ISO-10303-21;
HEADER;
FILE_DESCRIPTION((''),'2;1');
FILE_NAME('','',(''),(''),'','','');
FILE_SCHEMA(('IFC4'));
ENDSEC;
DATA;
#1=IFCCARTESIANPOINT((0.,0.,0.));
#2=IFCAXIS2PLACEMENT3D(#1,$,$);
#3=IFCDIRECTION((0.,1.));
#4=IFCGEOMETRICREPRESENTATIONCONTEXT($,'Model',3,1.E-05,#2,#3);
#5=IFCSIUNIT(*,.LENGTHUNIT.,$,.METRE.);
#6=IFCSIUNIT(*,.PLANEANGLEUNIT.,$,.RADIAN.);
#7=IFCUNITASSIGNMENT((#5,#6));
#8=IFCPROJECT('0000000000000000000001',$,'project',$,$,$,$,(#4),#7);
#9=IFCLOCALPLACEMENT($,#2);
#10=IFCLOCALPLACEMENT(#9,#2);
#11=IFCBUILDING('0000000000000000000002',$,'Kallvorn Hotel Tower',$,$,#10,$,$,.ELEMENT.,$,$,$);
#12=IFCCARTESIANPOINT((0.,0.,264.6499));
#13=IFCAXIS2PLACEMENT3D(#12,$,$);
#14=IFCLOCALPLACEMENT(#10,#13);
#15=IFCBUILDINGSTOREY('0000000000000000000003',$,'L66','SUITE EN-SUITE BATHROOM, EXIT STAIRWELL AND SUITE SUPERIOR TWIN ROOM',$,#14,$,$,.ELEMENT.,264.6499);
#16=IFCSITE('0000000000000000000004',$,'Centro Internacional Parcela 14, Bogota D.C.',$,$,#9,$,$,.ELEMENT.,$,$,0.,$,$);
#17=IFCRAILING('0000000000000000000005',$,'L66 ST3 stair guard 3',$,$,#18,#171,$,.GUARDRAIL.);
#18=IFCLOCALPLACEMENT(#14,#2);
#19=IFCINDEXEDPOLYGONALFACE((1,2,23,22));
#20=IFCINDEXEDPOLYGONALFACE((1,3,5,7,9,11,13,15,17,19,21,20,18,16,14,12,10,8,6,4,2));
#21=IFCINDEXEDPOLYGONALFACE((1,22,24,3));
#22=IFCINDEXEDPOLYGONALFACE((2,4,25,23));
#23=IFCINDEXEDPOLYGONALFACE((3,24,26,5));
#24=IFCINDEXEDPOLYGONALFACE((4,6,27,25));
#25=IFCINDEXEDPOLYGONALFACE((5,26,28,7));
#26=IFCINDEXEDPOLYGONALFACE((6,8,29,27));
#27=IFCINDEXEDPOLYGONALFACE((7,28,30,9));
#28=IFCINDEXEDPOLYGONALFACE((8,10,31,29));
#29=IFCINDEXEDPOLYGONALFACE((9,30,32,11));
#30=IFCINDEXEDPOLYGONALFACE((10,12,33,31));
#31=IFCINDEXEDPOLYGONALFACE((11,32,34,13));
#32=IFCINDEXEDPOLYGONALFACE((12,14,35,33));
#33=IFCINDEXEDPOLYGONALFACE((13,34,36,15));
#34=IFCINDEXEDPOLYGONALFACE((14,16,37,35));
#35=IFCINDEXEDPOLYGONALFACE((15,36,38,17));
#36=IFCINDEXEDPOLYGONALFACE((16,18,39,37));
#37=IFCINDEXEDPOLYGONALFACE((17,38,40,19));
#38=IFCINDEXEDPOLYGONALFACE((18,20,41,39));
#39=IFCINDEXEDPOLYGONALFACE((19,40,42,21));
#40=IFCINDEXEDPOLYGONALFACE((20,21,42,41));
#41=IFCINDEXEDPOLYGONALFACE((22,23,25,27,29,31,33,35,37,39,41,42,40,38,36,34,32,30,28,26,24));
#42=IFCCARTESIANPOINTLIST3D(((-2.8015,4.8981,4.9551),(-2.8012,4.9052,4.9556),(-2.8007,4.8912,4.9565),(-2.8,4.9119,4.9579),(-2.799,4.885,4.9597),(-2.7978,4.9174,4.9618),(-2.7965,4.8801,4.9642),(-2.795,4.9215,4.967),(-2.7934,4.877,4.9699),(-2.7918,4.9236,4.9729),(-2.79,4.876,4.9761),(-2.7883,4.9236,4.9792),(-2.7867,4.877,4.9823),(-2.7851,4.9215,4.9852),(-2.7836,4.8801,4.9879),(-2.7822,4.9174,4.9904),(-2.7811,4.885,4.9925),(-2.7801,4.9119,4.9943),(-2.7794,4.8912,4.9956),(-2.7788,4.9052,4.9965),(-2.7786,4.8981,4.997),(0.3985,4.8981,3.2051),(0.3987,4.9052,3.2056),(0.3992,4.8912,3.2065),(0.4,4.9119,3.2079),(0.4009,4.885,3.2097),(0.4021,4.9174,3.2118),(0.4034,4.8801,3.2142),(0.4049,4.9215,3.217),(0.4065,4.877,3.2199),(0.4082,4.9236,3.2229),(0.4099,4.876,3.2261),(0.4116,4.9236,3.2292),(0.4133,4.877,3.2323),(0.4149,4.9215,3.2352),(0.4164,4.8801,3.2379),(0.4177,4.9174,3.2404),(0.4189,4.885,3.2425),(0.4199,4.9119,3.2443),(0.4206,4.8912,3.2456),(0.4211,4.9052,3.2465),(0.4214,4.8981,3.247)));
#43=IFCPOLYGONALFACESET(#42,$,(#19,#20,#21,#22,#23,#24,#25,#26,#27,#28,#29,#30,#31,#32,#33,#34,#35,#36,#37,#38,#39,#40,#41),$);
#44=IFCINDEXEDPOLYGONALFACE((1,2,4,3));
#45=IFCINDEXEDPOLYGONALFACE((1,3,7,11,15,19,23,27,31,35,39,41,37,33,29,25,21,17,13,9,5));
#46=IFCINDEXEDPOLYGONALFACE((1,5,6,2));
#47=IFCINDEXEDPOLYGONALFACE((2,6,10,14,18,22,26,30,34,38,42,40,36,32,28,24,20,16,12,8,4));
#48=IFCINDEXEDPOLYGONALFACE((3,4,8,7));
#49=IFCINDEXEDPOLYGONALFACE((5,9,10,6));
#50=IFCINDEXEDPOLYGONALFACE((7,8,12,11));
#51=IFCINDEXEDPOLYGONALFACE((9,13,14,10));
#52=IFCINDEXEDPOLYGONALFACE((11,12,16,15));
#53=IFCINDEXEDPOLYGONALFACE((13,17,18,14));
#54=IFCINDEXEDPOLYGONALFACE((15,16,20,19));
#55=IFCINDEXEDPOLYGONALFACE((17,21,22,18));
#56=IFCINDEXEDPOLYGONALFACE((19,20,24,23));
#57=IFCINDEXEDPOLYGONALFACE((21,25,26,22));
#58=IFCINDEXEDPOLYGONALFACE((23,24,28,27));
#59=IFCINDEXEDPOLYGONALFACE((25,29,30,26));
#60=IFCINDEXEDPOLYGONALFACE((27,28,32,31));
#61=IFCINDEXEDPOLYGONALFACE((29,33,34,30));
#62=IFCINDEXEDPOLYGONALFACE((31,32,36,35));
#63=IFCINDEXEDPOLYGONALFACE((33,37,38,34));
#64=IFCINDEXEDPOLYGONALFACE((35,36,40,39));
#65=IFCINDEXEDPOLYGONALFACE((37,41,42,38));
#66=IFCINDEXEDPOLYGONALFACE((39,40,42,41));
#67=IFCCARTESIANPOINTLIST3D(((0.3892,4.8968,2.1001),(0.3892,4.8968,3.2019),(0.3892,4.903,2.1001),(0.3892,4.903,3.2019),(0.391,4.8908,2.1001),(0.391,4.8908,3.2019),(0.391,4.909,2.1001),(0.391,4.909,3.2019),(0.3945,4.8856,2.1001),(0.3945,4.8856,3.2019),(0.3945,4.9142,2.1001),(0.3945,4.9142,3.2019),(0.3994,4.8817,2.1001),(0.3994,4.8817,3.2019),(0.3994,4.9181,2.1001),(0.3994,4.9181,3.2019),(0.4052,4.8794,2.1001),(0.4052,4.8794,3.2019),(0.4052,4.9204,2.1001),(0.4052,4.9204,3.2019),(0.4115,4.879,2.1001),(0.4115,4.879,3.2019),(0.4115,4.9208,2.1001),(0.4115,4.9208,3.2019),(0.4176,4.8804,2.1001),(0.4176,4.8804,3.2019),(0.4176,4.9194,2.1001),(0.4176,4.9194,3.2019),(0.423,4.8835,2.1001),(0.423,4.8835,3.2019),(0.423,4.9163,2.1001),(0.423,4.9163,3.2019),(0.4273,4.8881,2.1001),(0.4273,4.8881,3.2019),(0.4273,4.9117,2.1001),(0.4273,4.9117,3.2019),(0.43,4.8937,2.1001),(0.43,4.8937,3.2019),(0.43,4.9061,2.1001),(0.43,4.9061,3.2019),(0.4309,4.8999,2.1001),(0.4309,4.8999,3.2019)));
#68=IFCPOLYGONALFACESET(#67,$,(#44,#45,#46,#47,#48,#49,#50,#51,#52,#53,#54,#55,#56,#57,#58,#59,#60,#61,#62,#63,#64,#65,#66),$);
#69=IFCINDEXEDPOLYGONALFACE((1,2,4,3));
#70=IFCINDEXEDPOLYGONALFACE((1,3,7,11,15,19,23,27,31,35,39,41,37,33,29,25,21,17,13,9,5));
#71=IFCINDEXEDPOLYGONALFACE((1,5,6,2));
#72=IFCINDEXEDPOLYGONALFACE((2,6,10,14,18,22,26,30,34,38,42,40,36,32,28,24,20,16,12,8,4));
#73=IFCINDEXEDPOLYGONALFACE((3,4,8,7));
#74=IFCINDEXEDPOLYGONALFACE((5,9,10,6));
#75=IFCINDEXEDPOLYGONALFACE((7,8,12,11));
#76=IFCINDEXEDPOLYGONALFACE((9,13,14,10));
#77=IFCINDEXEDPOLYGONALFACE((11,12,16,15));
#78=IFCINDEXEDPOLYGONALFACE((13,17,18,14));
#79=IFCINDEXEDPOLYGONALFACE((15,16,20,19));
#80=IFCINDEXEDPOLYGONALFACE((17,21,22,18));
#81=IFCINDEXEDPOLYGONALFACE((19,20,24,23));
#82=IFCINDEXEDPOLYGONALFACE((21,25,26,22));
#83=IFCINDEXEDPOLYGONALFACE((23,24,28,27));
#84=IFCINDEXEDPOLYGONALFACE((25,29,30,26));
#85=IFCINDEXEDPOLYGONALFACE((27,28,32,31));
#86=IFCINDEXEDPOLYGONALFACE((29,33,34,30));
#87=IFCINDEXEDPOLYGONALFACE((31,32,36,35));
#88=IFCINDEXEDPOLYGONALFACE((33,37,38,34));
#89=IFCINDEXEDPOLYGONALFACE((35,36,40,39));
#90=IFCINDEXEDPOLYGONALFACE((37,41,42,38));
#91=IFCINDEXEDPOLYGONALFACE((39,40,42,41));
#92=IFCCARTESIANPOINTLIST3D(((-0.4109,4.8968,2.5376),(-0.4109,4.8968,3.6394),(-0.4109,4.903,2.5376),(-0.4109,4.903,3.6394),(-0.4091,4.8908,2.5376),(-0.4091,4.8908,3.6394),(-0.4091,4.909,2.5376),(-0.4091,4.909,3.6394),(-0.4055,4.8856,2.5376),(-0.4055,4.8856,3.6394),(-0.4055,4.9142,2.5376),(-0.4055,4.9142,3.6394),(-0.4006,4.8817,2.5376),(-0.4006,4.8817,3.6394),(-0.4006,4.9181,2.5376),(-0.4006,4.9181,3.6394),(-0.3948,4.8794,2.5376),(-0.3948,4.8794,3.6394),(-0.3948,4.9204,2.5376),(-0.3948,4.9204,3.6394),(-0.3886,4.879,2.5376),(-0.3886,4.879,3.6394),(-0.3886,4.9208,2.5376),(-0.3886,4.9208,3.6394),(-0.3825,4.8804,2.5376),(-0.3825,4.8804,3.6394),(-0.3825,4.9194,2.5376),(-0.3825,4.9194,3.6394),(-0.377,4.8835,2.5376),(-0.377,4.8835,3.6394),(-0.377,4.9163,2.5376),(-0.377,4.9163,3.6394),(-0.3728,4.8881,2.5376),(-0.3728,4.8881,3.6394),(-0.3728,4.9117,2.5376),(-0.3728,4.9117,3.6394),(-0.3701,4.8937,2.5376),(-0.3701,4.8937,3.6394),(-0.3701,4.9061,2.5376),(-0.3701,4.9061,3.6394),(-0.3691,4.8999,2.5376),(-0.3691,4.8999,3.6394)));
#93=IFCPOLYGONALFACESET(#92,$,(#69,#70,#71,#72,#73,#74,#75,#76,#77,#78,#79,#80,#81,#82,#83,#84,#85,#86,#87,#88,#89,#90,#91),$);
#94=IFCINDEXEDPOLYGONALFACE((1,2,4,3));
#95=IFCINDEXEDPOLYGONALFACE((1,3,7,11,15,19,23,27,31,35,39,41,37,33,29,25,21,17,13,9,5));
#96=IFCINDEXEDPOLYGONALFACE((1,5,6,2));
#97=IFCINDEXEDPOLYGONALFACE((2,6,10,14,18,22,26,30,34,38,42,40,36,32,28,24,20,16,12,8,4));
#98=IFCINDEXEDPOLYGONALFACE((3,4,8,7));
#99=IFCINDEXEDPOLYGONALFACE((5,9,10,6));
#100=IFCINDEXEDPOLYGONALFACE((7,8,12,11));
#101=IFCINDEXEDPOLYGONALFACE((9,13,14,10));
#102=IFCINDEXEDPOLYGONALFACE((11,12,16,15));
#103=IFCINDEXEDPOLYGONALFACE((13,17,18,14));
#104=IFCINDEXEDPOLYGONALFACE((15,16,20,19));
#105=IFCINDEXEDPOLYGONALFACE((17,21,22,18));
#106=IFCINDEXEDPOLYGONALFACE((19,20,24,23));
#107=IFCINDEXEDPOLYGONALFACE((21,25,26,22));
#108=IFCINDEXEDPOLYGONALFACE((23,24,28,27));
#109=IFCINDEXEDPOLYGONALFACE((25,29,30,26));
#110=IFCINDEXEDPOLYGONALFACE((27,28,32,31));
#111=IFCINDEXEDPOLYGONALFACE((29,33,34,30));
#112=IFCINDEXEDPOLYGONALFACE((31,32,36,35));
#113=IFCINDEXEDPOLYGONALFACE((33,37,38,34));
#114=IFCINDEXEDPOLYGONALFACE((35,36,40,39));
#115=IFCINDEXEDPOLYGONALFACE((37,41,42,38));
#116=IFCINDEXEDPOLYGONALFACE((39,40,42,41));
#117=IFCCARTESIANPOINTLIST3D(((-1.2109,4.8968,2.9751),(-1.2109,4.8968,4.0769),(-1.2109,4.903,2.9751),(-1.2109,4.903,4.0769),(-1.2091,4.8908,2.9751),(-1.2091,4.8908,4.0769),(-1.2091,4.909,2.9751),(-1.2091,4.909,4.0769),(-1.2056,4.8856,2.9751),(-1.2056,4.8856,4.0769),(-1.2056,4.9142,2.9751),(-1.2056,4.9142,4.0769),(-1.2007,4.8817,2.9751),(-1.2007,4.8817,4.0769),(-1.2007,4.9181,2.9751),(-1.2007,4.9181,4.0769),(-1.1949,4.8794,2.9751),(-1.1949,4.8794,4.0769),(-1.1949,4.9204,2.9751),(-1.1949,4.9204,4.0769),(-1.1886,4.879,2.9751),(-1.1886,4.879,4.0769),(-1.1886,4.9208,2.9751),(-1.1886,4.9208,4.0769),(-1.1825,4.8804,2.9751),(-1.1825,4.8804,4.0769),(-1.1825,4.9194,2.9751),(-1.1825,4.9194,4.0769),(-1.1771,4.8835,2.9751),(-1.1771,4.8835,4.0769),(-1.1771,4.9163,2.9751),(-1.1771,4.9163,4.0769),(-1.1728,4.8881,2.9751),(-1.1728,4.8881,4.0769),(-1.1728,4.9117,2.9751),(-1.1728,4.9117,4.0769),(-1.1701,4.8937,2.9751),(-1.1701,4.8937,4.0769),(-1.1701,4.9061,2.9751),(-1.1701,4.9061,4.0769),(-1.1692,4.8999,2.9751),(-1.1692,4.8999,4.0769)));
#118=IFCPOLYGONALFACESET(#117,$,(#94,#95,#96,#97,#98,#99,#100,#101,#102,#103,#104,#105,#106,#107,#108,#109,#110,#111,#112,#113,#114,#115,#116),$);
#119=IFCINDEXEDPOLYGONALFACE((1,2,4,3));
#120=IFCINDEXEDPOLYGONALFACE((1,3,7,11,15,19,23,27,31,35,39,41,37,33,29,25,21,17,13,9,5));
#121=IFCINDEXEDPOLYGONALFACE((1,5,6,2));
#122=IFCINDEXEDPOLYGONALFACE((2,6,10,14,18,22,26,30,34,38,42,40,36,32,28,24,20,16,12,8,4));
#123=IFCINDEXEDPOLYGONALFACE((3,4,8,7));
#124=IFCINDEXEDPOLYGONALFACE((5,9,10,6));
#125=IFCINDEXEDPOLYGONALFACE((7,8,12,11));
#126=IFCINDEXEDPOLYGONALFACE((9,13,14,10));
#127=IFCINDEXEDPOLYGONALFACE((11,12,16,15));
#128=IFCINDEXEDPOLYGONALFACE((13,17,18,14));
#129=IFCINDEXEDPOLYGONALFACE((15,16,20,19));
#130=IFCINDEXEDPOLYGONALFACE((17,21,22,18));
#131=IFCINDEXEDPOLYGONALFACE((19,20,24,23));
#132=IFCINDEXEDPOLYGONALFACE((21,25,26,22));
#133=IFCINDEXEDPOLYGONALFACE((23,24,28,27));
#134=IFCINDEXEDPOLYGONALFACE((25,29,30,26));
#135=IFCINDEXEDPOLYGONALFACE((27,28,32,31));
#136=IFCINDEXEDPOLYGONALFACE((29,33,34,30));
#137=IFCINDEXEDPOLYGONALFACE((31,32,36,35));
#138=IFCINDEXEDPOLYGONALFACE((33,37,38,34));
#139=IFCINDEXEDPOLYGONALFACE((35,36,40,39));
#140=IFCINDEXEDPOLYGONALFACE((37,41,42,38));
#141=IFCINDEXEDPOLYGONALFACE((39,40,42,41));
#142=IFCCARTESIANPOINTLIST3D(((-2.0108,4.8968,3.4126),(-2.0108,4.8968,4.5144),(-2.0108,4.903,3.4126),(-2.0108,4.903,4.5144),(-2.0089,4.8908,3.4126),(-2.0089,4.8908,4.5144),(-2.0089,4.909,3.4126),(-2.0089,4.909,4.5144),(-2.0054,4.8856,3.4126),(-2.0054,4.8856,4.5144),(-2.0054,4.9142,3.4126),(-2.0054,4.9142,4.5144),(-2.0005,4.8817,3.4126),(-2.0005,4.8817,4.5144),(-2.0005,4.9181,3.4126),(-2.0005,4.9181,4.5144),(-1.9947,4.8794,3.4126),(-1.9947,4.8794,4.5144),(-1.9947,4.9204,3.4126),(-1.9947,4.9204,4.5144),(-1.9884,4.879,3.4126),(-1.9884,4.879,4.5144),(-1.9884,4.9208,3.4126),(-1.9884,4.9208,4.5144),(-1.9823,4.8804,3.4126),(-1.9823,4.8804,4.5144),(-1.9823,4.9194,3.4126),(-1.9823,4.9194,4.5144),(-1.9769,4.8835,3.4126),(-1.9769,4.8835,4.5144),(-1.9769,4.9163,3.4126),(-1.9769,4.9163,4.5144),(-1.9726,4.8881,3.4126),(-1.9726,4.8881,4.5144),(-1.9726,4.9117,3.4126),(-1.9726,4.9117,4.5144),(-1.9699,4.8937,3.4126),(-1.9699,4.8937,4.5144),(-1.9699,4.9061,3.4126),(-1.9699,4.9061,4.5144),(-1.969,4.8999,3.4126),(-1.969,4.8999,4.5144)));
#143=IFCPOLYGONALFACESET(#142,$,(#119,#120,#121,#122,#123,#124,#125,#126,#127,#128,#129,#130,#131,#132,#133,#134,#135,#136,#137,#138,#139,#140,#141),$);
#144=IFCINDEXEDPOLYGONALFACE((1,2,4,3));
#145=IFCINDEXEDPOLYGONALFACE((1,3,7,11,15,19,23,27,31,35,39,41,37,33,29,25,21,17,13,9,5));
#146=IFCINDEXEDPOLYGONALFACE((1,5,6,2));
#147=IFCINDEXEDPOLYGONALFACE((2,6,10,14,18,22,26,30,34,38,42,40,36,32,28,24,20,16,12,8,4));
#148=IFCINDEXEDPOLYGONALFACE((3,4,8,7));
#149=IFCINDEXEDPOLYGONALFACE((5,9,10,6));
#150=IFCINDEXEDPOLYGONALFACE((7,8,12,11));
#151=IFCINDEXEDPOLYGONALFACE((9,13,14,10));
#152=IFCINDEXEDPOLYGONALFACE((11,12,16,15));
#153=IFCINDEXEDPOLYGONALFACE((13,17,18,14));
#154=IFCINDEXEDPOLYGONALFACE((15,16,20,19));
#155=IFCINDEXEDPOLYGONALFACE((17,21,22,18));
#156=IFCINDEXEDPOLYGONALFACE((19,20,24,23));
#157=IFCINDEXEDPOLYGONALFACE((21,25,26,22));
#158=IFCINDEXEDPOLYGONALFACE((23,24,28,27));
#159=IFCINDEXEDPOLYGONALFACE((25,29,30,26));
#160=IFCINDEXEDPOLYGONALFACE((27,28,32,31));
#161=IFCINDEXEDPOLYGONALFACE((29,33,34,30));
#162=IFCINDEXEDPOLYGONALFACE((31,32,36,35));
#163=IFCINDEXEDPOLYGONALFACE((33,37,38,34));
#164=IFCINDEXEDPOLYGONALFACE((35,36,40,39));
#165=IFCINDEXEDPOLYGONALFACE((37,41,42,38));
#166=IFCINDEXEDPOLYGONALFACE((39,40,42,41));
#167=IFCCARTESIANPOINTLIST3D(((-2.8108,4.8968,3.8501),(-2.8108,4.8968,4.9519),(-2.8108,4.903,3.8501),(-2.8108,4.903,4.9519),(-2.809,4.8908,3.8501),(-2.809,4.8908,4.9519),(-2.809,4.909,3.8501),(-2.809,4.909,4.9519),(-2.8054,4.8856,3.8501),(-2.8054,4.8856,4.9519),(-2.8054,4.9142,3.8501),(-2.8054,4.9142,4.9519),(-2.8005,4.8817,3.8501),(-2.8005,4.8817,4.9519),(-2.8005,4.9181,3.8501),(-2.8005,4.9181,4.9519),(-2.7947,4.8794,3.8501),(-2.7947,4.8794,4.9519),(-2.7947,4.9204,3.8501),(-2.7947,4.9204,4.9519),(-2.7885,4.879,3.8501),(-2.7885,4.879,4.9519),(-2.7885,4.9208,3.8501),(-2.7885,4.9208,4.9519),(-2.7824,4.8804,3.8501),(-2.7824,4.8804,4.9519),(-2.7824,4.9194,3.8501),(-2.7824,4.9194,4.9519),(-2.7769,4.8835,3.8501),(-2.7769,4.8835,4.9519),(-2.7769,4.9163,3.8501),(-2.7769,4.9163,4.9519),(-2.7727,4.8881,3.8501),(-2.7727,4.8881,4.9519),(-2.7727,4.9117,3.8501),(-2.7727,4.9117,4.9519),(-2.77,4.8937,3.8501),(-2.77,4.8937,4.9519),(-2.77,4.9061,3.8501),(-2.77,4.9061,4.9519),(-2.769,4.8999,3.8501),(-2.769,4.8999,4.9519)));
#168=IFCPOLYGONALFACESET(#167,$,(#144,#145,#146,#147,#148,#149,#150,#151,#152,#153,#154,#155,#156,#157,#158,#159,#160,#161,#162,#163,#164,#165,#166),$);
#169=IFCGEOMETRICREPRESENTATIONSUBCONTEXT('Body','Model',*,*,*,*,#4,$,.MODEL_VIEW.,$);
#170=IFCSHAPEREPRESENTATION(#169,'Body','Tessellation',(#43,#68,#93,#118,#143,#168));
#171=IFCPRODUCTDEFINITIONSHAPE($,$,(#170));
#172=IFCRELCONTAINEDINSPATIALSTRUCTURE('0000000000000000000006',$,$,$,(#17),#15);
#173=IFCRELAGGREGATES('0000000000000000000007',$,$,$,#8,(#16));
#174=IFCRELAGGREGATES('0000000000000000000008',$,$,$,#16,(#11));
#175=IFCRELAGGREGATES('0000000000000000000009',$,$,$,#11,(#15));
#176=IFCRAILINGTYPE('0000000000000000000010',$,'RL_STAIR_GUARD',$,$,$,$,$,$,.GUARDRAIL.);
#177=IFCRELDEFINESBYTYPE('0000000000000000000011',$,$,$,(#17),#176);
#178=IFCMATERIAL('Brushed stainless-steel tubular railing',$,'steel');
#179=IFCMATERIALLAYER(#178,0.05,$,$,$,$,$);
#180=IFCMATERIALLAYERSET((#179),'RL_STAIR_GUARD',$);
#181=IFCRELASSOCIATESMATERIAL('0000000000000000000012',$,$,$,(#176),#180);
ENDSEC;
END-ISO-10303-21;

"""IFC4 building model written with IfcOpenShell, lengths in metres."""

from ifc_helpers import new_model, si_unit, direction, frame, origin, origin_2d, place, context, subcontext, project, spatial, circle, extrude, material, layer, layer_set, type_object, element, save


model = new_model("IFC4")

# Units and contexts
model_context = context("Model", 3, precision=1e-05, world=origin(), true_north=direction((0.0, 1.0)))
body_context = subcontext(model_context, "Body", "Model", "MODEL_VIEW")
ifc_project = project(units=[si_unit("LENGTHUNIT", "METRE"), si_unit("PLANEANGLEUNIT", "RADIAN")], contexts=[model_context])

# Site, building, storey
site_placement = place(None, origin())
site = spatial("IfcSite", under=ifc_project, at=site_placement, Name="Centro Internacional Parcela 14, Bogota D.C.", CompositionType="ELEMENT", RefElevation=0.0)
building_placement = place(site_placement, origin())
building = spatial("IfcBuilding", under=site, at=building_placement, Name="Kallvorn Hotel Tower", CompositionType="ELEMENT")
storey_placement = place(building_placement, frame((0.0, 0.0, 264.6499)))
storey = spatial("IfcBuildingStorey", under=building, at=storey_placement, Name="L66", Description="SUITE EN-SUITE BATHROOM, EXIT STAIRWELL AND SUITE SUPERIOR TWIN ROOM", CompositionType="ELEMENT", Elevation=264.6499)

# Railing
ifc_material_1 = material(Name="Brushed stainless-steel tubular railing", Category="steel")
ifc_layer_1 = layer(ifc_material_1, 0.05)
ifc_layer_set_1 = layer_set([ifc_layer_1], Name="RL_STAIR_GUARD")
railing_type_1 = type_object("IfcRailingType", Name="RL_STAIR_GUARD", PredefinedType="GUARDRAIL", material=ifc_layer_set_1)
railing_1_placement = place(storey_placement, frame((0.4099, 4.8999, 2.1001)))
element("IfcRailing", 1, at=railing_1_placement, inside=storey, type_object=railing_type_1, Name="L66 ST3 stair guard 3", PredefinedType="GUARDRAIL", context=body_context, shape_type="SweptSolid", body=[
    extrude(circle(Radius=0.0239, at=origin_2d()), frame((0.0, 0.0, 1.126), z_axis=(-0.877368, 0.0, 0.479818), x_axis=(0.0, -1.0, 0.0)), (0.0, 0.0, 1.0), 3.6472),
    extrude(circle(Radius=0.021, at=origin_2d()), origin(), (0.0, 0.0, 1.0), 1.1018),
    extrude(circle(Radius=0.021, at=origin_2d()), frame((-0.8, 0.0, 0.4375)), (0.0, 0.0, 1.0), 1.1018),
    extrude(circle(Radius=0.021, at=origin_2d()), frame((-1.6001, 0.0, 0.875)), (0.0, 0.0, 1.0), 1.1018),
    extrude(circle(Radius=0.021, at=origin_2d()), frame((-2.3999, 0.0, 1.3125)), (0.0, 0.0, 1.0), 1.1018),
    extrude(circle(Radius=0.021, at=origin_2d()), frame((-3.2, 0.0, 1.75)), (0.0, 0.0, 1.0), 1.1018),
])

save(model, "model.ifc")
